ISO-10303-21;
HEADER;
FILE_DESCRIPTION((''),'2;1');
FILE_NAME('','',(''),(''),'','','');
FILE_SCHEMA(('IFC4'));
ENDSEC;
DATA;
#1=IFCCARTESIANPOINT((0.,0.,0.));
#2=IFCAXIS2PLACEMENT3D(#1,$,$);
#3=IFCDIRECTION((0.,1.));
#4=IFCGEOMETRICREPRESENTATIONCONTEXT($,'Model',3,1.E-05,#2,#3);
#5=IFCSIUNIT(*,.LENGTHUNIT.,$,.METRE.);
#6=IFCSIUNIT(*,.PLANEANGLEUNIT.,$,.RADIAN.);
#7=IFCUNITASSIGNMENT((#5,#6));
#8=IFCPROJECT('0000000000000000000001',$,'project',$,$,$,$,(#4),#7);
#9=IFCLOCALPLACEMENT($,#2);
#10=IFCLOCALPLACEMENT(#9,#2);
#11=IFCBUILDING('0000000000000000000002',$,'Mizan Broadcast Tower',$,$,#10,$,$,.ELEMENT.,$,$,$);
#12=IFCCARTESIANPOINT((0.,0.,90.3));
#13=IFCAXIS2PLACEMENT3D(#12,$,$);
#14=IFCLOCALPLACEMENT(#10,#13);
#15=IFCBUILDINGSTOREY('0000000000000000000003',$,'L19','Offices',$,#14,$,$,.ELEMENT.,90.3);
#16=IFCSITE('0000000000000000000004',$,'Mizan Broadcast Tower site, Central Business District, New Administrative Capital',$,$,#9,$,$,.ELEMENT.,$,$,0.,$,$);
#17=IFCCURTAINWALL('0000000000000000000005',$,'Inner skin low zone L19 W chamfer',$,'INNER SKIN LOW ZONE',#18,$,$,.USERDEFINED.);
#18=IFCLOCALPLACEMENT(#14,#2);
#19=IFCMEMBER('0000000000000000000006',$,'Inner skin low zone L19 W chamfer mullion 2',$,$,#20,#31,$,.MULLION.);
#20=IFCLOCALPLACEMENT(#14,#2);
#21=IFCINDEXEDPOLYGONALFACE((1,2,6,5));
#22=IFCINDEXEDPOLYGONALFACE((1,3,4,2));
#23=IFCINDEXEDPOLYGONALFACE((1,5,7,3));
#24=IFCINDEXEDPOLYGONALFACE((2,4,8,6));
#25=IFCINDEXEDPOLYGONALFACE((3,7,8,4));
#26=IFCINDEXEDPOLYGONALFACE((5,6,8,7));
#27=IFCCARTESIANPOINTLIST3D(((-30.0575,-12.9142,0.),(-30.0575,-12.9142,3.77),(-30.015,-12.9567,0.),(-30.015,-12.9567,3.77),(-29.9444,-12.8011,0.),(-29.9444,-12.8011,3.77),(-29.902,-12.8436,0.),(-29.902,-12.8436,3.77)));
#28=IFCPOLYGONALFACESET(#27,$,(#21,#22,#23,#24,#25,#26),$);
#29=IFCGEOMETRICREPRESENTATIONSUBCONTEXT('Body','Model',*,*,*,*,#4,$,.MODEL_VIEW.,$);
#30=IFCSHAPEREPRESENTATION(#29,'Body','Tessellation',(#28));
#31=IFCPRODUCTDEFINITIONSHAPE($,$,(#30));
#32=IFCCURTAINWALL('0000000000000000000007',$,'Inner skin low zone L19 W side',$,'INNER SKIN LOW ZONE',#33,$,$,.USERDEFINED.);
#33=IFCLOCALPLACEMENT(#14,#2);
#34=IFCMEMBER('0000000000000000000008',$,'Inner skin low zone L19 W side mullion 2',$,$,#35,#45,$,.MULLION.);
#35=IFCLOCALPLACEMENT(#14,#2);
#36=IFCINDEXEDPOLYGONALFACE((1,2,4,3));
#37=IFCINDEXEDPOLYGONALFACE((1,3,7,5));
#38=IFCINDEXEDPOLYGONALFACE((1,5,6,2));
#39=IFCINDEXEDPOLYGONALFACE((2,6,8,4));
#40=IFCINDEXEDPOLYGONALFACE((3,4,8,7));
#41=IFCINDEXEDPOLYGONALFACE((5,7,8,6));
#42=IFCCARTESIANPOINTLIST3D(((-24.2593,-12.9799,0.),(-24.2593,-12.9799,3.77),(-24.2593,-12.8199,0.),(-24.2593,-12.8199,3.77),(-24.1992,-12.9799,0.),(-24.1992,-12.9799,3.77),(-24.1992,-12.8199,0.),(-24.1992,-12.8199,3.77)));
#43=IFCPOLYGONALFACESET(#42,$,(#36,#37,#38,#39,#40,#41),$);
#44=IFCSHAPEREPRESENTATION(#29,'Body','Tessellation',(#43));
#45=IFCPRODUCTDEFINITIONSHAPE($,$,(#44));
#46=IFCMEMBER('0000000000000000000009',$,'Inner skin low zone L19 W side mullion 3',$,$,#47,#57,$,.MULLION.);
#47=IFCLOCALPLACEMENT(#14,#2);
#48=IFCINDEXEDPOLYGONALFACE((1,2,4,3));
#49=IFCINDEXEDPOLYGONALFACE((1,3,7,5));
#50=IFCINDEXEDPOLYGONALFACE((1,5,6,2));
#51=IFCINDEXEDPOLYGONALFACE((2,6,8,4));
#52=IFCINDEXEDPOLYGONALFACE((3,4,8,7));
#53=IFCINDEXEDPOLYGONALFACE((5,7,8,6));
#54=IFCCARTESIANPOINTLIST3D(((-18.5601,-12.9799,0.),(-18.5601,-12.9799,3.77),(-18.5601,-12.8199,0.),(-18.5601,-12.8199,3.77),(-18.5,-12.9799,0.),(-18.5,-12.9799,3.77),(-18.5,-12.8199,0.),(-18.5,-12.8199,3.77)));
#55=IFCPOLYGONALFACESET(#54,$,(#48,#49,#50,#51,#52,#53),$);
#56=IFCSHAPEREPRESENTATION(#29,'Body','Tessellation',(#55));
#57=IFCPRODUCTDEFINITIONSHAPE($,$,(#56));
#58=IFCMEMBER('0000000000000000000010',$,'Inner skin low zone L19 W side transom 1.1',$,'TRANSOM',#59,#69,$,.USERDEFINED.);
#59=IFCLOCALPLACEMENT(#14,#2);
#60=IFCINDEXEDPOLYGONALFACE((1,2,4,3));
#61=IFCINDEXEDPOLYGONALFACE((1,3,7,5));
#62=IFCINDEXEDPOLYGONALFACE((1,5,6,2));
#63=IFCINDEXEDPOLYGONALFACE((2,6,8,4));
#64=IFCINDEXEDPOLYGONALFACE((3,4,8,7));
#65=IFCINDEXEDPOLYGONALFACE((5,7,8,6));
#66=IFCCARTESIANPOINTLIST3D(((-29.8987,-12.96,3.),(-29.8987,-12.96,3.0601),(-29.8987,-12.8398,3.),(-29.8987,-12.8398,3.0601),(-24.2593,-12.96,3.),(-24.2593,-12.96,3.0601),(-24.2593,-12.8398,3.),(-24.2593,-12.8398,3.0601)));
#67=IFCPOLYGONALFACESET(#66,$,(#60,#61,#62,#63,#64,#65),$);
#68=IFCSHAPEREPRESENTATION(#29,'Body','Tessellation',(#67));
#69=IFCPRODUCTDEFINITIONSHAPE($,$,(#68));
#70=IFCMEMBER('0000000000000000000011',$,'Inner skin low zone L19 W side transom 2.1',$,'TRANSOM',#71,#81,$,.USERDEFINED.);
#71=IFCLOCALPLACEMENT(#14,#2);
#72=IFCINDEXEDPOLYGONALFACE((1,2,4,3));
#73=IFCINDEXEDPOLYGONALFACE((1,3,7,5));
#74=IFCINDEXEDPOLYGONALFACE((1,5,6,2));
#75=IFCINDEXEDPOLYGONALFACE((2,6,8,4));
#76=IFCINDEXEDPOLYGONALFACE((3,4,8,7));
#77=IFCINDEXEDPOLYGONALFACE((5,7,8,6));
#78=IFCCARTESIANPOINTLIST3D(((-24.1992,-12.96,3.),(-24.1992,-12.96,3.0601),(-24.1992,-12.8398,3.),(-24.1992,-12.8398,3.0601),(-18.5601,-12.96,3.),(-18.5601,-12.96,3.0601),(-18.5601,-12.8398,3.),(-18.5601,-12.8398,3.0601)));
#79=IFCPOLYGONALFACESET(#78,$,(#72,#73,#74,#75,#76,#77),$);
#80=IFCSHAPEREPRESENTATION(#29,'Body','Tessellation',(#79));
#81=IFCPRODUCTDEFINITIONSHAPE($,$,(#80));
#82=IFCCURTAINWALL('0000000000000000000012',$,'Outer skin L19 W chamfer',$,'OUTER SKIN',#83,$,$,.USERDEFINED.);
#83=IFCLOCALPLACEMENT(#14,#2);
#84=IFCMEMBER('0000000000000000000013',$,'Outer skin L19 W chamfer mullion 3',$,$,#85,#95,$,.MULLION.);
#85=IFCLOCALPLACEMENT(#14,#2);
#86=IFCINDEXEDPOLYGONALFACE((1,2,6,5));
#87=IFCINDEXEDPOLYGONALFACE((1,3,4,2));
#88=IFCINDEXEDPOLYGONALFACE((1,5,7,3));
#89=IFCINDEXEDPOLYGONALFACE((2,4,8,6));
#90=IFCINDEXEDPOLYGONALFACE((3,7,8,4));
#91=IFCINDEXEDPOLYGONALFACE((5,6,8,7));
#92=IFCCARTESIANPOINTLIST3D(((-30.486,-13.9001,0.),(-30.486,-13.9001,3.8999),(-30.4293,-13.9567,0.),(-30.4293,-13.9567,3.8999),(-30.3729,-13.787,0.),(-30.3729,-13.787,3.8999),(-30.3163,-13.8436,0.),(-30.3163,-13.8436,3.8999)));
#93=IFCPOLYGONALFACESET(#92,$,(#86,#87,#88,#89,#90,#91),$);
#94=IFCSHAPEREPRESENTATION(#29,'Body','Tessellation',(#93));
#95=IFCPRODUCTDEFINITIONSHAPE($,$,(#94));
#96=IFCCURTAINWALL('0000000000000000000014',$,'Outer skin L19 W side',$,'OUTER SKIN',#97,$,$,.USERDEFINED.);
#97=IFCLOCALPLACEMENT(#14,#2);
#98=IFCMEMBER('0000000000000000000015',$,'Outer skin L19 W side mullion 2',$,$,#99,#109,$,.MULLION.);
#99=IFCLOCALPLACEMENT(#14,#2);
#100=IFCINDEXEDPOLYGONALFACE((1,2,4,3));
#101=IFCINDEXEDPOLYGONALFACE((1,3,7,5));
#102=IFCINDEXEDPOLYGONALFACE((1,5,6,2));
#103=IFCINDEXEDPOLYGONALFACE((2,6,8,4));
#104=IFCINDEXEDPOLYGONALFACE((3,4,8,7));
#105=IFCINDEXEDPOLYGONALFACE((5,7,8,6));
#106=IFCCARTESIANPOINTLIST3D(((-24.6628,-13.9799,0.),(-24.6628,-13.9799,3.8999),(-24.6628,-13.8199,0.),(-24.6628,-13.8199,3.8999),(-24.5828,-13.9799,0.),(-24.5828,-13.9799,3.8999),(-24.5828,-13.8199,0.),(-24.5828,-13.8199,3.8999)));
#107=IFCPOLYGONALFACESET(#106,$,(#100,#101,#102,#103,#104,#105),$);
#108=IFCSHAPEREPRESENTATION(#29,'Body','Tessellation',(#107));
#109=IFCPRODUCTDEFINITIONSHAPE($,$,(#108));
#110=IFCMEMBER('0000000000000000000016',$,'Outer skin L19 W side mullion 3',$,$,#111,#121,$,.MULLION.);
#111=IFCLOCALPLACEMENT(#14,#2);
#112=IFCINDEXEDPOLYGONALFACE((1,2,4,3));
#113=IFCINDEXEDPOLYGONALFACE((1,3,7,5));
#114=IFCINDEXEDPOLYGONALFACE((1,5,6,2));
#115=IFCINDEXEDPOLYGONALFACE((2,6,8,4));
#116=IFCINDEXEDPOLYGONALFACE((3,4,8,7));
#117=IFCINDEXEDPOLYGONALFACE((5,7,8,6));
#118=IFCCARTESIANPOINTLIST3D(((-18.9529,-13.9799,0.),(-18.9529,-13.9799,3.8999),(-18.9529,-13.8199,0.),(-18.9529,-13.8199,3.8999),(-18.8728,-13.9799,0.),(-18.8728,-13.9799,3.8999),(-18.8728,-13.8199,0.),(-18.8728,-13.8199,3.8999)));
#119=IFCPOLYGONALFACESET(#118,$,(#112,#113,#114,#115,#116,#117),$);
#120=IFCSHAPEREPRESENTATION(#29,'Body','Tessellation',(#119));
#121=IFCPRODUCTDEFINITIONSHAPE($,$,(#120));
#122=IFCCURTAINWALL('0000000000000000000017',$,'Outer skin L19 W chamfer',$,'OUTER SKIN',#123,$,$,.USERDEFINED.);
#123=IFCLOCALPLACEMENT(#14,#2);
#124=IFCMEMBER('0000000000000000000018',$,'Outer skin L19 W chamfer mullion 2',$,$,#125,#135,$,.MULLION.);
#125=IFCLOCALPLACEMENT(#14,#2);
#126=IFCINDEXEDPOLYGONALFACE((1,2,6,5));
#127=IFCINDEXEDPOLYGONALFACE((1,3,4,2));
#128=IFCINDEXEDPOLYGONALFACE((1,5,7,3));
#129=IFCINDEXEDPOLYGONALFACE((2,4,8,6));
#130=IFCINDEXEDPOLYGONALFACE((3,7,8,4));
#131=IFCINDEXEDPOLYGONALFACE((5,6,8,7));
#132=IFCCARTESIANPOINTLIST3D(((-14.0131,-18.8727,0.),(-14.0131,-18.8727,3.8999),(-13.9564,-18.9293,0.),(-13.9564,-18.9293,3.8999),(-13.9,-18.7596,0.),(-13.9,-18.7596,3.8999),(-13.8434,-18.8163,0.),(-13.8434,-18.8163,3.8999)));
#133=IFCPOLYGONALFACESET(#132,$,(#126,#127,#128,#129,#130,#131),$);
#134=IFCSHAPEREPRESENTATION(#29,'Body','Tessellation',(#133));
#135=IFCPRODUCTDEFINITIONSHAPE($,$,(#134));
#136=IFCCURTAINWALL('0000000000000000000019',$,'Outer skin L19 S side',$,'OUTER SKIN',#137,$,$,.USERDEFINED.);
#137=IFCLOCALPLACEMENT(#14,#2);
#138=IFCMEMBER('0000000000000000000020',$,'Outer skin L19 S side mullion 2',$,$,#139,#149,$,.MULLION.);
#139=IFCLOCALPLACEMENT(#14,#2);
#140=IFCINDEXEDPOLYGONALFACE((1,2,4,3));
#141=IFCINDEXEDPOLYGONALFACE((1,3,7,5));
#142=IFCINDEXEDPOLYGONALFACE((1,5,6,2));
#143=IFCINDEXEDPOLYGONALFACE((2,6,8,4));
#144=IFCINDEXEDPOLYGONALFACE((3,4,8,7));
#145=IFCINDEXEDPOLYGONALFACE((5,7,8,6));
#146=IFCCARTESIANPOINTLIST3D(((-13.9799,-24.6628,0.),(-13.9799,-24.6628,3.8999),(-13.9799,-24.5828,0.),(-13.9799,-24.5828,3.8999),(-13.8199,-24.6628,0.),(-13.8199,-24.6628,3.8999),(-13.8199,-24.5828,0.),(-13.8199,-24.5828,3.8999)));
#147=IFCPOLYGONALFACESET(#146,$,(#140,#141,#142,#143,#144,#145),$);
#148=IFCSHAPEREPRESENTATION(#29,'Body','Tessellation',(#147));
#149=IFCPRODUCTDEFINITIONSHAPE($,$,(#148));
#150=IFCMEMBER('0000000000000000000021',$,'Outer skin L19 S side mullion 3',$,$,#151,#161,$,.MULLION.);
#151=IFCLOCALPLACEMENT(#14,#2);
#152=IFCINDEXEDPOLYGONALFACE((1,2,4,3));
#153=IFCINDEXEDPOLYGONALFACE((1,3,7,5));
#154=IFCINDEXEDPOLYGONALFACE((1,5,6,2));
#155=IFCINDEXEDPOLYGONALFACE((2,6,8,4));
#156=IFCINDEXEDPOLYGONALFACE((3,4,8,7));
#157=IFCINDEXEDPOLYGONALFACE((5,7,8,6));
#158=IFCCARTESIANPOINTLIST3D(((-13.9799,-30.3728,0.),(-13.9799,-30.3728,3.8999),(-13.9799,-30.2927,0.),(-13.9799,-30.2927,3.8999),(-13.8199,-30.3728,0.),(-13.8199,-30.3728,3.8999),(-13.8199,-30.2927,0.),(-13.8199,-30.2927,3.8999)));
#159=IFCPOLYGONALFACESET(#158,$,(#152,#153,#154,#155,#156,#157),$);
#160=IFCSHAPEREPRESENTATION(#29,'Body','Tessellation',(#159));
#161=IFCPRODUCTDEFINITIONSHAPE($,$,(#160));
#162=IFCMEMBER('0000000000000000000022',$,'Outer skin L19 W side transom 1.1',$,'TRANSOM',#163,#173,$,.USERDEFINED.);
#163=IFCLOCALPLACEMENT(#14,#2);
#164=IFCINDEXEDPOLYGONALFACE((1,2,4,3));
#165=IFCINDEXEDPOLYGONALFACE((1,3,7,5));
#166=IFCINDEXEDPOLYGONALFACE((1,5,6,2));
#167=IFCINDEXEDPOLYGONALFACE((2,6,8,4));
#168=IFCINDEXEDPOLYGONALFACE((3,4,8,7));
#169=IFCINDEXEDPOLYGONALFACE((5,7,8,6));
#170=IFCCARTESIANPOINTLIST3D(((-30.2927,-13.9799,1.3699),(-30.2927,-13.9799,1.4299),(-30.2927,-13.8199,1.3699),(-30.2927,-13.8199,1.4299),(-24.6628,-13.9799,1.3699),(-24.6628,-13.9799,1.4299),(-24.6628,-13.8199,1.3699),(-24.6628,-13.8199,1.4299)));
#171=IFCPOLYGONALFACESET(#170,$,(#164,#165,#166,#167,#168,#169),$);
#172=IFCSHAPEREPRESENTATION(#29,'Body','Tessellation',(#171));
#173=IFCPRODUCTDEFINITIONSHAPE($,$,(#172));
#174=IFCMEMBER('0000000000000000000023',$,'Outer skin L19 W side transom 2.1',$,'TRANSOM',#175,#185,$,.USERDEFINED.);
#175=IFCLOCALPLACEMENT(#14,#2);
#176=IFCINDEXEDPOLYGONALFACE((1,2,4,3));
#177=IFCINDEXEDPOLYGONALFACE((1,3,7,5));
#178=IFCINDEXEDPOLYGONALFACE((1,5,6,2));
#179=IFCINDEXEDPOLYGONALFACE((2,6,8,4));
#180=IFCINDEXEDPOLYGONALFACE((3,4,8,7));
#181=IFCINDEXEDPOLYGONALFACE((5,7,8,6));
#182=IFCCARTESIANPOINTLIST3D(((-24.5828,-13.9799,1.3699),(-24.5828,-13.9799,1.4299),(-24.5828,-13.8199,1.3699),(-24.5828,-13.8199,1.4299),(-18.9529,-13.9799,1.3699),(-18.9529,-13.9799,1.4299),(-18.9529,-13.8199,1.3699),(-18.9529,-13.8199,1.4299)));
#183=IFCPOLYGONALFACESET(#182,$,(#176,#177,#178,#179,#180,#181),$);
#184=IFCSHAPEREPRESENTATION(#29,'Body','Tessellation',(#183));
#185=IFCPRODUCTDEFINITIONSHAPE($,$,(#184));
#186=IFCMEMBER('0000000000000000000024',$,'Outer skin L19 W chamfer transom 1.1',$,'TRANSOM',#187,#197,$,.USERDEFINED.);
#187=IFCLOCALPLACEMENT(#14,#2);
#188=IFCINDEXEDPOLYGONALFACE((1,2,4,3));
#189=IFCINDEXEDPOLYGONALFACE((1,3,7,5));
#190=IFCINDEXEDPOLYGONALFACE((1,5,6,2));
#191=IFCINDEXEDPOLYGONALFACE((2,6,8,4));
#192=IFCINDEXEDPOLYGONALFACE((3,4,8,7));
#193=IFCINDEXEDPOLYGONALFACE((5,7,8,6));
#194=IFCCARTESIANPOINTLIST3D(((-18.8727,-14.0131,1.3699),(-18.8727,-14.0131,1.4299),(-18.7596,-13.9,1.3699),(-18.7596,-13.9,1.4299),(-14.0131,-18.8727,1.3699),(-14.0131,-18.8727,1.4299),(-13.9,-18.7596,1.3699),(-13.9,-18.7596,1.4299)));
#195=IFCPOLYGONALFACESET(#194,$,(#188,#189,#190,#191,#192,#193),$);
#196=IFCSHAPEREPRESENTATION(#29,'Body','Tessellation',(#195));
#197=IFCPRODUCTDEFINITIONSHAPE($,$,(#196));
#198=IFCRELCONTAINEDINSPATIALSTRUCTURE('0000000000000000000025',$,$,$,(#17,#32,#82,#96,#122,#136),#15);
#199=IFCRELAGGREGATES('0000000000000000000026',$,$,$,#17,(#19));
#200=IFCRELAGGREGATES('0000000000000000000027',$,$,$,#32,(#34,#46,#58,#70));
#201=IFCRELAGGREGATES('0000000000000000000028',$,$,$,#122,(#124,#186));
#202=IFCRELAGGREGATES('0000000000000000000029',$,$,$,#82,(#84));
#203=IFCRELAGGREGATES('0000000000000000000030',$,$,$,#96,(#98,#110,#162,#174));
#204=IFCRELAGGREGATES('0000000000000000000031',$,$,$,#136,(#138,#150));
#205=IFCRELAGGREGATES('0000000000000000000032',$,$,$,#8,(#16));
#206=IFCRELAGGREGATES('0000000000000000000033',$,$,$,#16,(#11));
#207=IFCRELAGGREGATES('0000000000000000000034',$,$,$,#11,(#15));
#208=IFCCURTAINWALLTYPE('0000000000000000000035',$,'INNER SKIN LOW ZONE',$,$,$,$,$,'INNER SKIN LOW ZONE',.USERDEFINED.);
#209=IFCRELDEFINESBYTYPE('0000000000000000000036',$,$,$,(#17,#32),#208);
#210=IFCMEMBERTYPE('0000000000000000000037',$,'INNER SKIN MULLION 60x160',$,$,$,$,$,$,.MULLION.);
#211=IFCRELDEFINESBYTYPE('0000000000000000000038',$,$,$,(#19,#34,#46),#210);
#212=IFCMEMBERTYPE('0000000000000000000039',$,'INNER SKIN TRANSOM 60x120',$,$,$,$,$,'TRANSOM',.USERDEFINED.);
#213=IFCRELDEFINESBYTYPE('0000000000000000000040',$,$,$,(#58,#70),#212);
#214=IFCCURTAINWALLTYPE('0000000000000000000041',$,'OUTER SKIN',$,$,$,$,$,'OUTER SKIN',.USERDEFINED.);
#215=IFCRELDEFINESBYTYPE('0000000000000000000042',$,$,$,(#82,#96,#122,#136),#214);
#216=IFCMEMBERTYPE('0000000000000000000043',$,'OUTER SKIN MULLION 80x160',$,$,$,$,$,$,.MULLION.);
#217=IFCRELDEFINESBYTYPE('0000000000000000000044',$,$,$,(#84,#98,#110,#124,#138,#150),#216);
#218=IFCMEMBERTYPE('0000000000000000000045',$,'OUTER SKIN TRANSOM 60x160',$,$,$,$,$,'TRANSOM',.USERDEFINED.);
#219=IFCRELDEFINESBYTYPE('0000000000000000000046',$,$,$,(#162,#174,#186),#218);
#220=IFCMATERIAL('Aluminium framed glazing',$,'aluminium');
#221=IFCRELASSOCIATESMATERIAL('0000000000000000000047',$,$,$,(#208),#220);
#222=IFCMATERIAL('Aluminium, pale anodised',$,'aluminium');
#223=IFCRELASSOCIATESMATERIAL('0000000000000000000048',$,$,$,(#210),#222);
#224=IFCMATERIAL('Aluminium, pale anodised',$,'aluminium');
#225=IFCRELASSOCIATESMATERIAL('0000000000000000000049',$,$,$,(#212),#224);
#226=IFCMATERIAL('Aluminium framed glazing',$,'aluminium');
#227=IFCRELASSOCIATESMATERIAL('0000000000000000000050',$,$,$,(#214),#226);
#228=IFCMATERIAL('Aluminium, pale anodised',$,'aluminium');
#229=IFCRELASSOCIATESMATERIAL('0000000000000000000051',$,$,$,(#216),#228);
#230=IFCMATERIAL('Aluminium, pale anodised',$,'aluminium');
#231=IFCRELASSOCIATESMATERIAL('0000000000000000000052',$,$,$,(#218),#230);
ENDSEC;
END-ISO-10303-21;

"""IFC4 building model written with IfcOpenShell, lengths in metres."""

from ifc_helpers import new_model, si_unit, direction, frame, origin, origin_2d, place, context, subcontext, project, spatial, rectangle, extrude, material, material_profile, profile_set, type_object, element, aggregate, save


model = new_model("IFC4")

# Units and contexts
model_context = context("Model", 3, precision=1e-05, world=origin(), true_north=direction((0.0, 1.0)))
body_context = subcontext(model_context, "Body", "Model", "MODEL_VIEW")
ifc_project = project(units=[si_unit("LENGTHUNIT", "METRE"), si_unit("PLANEANGLEUNIT", "RADIAN")], contexts=[model_context])

# Site, building, storey
site_placement = place(None, origin())
site = spatial("IfcSite", under=ifc_project, at=site_placement, Name="Mizan Broadcast Tower site, Central Business District, New Administrative Capital", CompositionType="ELEMENT", RefElevation=0.0)
building_placement = place(site_placement, origin())
building = spatial("IfcBuilding", under=site, at=building_placement, Name="Mizan Broadcast Tower", CompositionType="ELEMENT")
storey_placement = place(building_placement, frame((0.0, 0.0, 90.3)))
storey = spatial("IfcBuildingStorey", under=building, at=storey_placement, Name="L19", Description="Offices", CompositionType="ELEMENT", Elevation=90.3)

# Curtain wall, member
ifc_material_1 = material(Name="Aluminium framed glazing", Category="aluminium")
curtain_wall_type_1 = type_object("IfcCurtainWallType", Name="INNER SKIN LOW ZONE", ElementType="INNER SKIN LOW ZONE", PredefinedType="USERDEFINED", material=ifc_material_1)
curtain_wall_1_placement = place(storey_placement, origin())
curtain_wall_1 = element("IfcCurtainWall", 1, at=curtain_wall_1_placement, inside=storey, type_object=curtain_wall_type_1, Name="Inner skin low zone L19 W chamfer", ObjectType="INNER SKIN LOW ZONE", PredefinedType="USERDEFINED")
ifc_material_2 = material(Name="Aluminium, pale anodised", Category="aluminium")
ifc_material_profile_1 = material_profile(ifc_material_2, rectangle(XDim=0.1599, YDim=0.0601, at=origin_2d()), Name="MULLION 160x60")
ifc_profile_set_1 = profile_set([ifc_material_profile_1], Name="Aluminium, pale anodised")
member_type_1 = type_object("IfcMemberType", Name="INNER SKIN MULLION 60x160", PredefinedType="MULLION", material=ifc_profile_set_1)
member_1_placement = place(storey_placement, frame((-29.9797, -12.8789, 0.0), z_axis=(0.0, 0.0, 1.0), x_axis=(0.707107, 0.707107, 0.0)))
member_1 = element("IfcMember", 2, at=member_1_placement, type_object=member_type_1, Name="Inner skin low zone L19 W chamfer mullion 2", PredefinedType="MULLION", context=body_context, shape_type="SweptSolid", body=[
    extrude(rectangle(XDim=0.1599, YDim=0.0601, at=origin_2d()), origin(), (0.0, 0.0, 1.0), 3.77),
])
aggregate(curtain_wall_1, [member_1])

# Curtain wall, members
curtain_wall_2_placement = place(storey_placement, origin())
curtain_wall_2 = element("IfcCurtainWall", 3, at=curtain_wall_2_placement, inside=storey, type_object=curtain_wall_type_1, Name="Inner skin low zone L19 W side", ObjectType="INNER SKIN LOW ZONE", PredefinedType="USERDEFINED")
member_2_placement = place(storey_placement, frame((-24.2292, -12.8999, 0.0), z_axis=(0.0, 0.0, 1.0), x_axis=(0.0, 1.0, 0.0)))
member_2 = element("IfcMember", 4, at=member_2_placement, type_object=member_type_1, Name="Inner skin low zone L19 W side mullion 2", PredefinedType="MULLION", context=body_context, shape_type="SweptSolid", body=[
    extrude(rectangle(XDim=0.1599, YDim=0.0601, at=origin_2d()), origin(), (0.0, 0.0, 1.0), 3.77),
])
member_3_placement = place(storey_placement, frame((-18.53, -12.8999, 0.0), z_axis=(0.0, 0.0, 1.0), x_axis=(0.0, 1.0, 0.0)))
member_3 = element("IfcMember", 5, at=member_3_placement, type_object=member_type_1, Name="Inner skin low zone L19 W side mullion 3", PredefinedType="MULLION", context=body_context, shape_type="SweptSolid", body=[
    extrude(rectangle(XDim=0.1599, YDim=0.0601, at=origin_2d()), origin(), (0.0, 0.0, 1.0), 3.77),
])
ifc_material_3 = material(Name="Aluminium, pale anodised", Category="aluminium")
ifc_material_profile_2 = material_profile(ifc_material_3, rectangle(XDim=0.1201, YDim=0.0601, at=origin_2d()), Name="TRANSOM 120x60")
ifc_profile_set_2 = profile_set([ifc_material_profile_2], Name="Aluminium, pale anodised")
member_type_2 = type_object("IfcMemberType", Name="INNER SKIN TRANSOM 60x120", ElementType="TRANSOM", PredefinedType="USERDEFINED", material=ifc_profile_set_2)
member_4_placement = place(storey_placement, frame((-29.8987, -12.8999, 3.03), z_axis=(1.0, 0.0, 0.0), x_axis=(0.0, 1.0, 0.0)))
member_4 = element("IfcMember", 6, at=member_4_placement, type_object=member_type_2, Name="Inner skin low zone L19 W side transom 1.1", ObjectType="TRANSOM", PredefinedType="USERDEFINED", context=body_context, shape_type="SweptSolid", body=[
    extrude(rectangle(XDim=0.1201, YDim=0.0601, at=origin_2d()), origin(), (0.0, 0.0, 1.0), 5.6394),
])
member_5_placement = place(storey_placement, frame((-24.1992, -12.8999, 3.03), z_axis=(1.0, 0.0, 0.0), x_axis=(0.0, 1.0, 0.0)))
member_5 = element("IfcMember", 7, at=member_5_placement, type_object=member_type_2, Name="Inner skin low zone L19 W side transom 2.1", ObjectType="TRANSOM", PredefinedType="USERDEFINED", context=body_context, shape_type="SweptSolid", body=[
    extrude(rectangle(XDim=0.1201, YDim=0.0601, at=origin_2d()), origin(), (0.0, 0.0, 1.0), 5.6392),
])

# Curtain wall, member
ifc_material_4 = material(Name="Aluminium framed glazing", Category="aluminium")
curtain_wall_type_2 = type_object("IfcCurtainWallType", Name="OUTER SKIN", ElementType="OUTER SKIN", PredefinedType="USERDEFINED", material=ifc_material_4)
curtain_wall_3_placement = place(storey_placement, origin())
curtain_wall_3 = element("IfcCurtainWall", 8, at=curtain_wall_3_placement, inside=storey, type_object=curtain_wall_type_2, Name="Outer skin L19 W chamfer", ObjectType="OUTER SKIN", PredefinedType="USERDEFINED")
ifc_material_5 = material(Name="Aluminium, pale anodised", Category="aluminium")
ifc_material_profile_3 = material_profile(ifc_material_5, rectangle(XDim=0.1599, YDim=0.0801, at=origin_2d()), Name="MULLION 160x80")
ifc_profile_set_3 = profile_set([ifc_material_profile_3], Name="Aluminium, pale anodised")
member_type_3 = type_object("IfcMemberType", Name="OUTER SKIN MULLION 80x160", PredefinedType="MULLION", material=ifc_profile_set_3)
member_6_placement = place(storey_placement, frame((-30.4011, -13.8718, 0.0), z_axis=(0.0, 0.0, 1.0), x_axis=(0.707107, 0.707107, 0.0)))
member_6 = element("IfcMember", 9, at=member_6_placement, type_object=member_type_3, Name="Outer skin L19 W chamfer mullion 3", PredefinedType="MULLION", context=body_context, shape_type="SweptSolid", body=[
    extrude(rectangle(XDim=0.1599, YDim=0.0801, at=origin_2d()), origin(), (0.0, 0.0, 1.0), 3.8999),
])

# Curtain wall, members
curtain_wall_4_placement = place(storey_placement, origin())
curtain_wall_4 = element("IfcCurtainWall", 10, at=curtain_wall_4_placement, inside=storey, type_object=curtain_wall_type_2, Name="Outer skin L19 W side", ObjectType="OUTER SKIN", PredefinedType="USERDEFINED")
member_7_placement = place(storey_placement, frame((-24.6228, -13.8999, 0.0), z_axis=(0.0, 0.0, 1.0), x_axis=(0.0, 1.0, 0.0)))
member_7 = element("IfcMember", 11, at=member_7_placement, type_object=member_type_3, Name="Outer skin L19 W side mullion 2", PredefinedType="MULLION", context=body_context, shape_type="SweptSolid", body=[
    extrude(rectangle(XDim=0.1599, YDim=0.0801, at=origin_2d()), origin(), (0.0, 0.0, 1.0), 3.8999),
])
member_8_placement = place(storey_placement, frame((-18.9128, -13.8999, 0.0), z_axis=(0.0, 0.0, 1.0), x_axis=(0.0, 1.0, 0.0)))
member_8 = element("IfcMember", 12, at=member_8_placement, type_object=member_type_3, Name="Outer skin L19 W side mullion 3", PredefinedType="MULLION", context=body_context, shape_type="SweptSolid", body=[
    extrude(rectangle(XDim=0.1599, YDim=0.0801, at=origin_2d()), origin(), (0.0, 0.0, 1.0), 3.8999),
])

# Curtain wall, member
curtain_wall_5_placement = place(storey_placement, origin())
curtain_wall_5 = element("IfcCurtainWall", 13, at=curtain_wall_5_placement, inside=storey, type_object=curtain_wall_type_2, Name="Outer skin L19 W chamfer", ObjectType="OUTER SKIN", PredefinedType="USERDEFINED")
member_9_placement = place(storey_placement, frame((-13.9282, -18.8445, 0.0), z_axis=(0.0, 0.0, 1.0), x_axis=(0.707107, 0.707107, 0.0)))
member_9 = element("IfcMember", 14, at=member_9_placement, type_object=member_type_3, Name="Outer skin L19 W chamfer mullion 2", PredefinedType="MULLION", context=body_context, shape_type="SweptSolid", body=[
    extrude(rectangle(XDim=0.1599, YDim=0.0801, at=origin_2d()), origin(), (0.0, 0.0, 1.0), 3.8999),
])

# Curtain wall, members
curtain_wall_6_placement = place(storey_placement, origin())
curtain_wall_6 = element("IfcCurtainWall", 15, at=curtain_wall_6_placement, inside=storey, type_object=curtain_wall_type_2, Name="Outer skin L19 S side", ObjectType="OUTER SKIN", PredefinedType="USERDEFINED")
member_10_placement = place(storey_placement, frame((-13.8999, -24.6228, 0.0), z_axis=(0.0, 0.0, 1.0), x_axis=(1.0, 0.0, 0.0)))
member_10 = element("IfcMember", 16, at=member_10_placement, type_object=member_type_3, Name="Outer skin L19 S side mullion 2", PredefinedType="MULLION", context=body_context, shape_type="SweptSolid", body=[
    extrude(rectangle(XDim=0.1599, YDim=0.0801, at=origin_2d()), origin(), (0.0, 0.0, 1.0), 3.8999),
])
member_11_placement = place(storey_placement, frame((-13.8999, -30.3328, 0.0), z_axis=(0.0, 0.0, 1.0), x_axis=(1.0, 0.0, 0.0)))
member_11 = element("IfcMember", 17, at=member_11_placement, type_object=member_type_3, Name="Outer skin L19 S side mullion 3", PredefinedType="MULLION", context=body_context, shape_type="SweptSolid", body=[
    extrude(rectangle(XDim=0.1599, YDim=0.0801, at=origin_2d()), origin(), (0.0, 0.0, 1.0), 3.8999),
])

# Members
ifc_material_6 = material(Name="Aluminium, pale anodised", Category="aluminium")
ifc_material_profile_4 = material_profile(ifc_material_6, rectangle(XDim=0.1599, YDim=0.0601, at=origin_2d()), Name="TRANSOM 160x60")
ifc_profile_set_4 = profile_set([ifc_material_profile_4], Name="Aluminium, pale anodised")
member_type_4 = type_object("IfcMemberType", Name="OUTER SKIN TRANSOM 60x160", ElementType="TRANSOM", PredefinedType="USERDEFINED", material=ifc_profile_set_4)
member_12_placement = place(storey_placement, frame((-30.2927, -13.8999, 1.3999), z_axis=(1.0, 0.0, 0.0), x_axis=(0.0, 1.0, 0.0)))
member_12 = element("IfcMember", 18, at=member_12_placement, type_object=member_type_4, Name="Outer skin L19 W side transom 1.1", ObjectType="TRANSOM", PredefinedType="USERDEFINED", context=body_context, shape_type="SweptSolid", body=[
    extrude(rectangle(XDim=0.1599, YDim=0.0601, at=origin_2d()), origin(), (0.0, 0.0, 1.0), 5.6299),
])
member_13_placement = place(storey_placement, frame((-24.5828, -13.8999, 1.3999), z_axis=(1.0, 0.0, 0.0), x_axis=(0.0, 1.0, 0.0)))
member_13 = element("IfcMember", 19, at=member_13_placement, type_object=member_type_4, Name="Outer skin L19 W side transom 2.1", ObjectType="TRANSOM", PredefinedType="USERDEFINED", context=body_context, shape_type="SweptSolid", body=[
    extrude(rectangle(XDim=0.1599, YDim=0.0601, at=origin_2d()), origin(), (0.0, 0.0, 1.0), 5.6299),
])
member_14_placement = place(storey_placement, frame((-18.8162, -13.9565, 1.3999), z_axis=(0.707107, -0.707107, 0.0), x_axis=(0.707107, 0.707107, 0.0)))
member_14 = element("IfcMember", 20, at=member_14_placement, type_object=member_type_4, Name="Outer skin L19 W chamfer transom 1.1", ObjectType="TRANSOM", PredefinedType="USERDEFINED", context=body_context, shape_type="SweptSolid", body=[
    extrude(rectangle(XDim=0.1599, YDim=0.0601, at=origin_2d()), origin(), (0.0, 0.0, 1.0), 6.8726),
])

aggregate(curtain_wall_2, [member_2, member_3, member_4, member_5])
aggregate(curtain_wall_5, [member_9, member_14])
aggregate(curtain_wall_3, [member_6])
aggregate(curtain_wall_4, [member_7, member_8, member_12, member_13])
aggregate(curtain_wall_6, [member_10, member_11])

save(model, "model.ifc")
